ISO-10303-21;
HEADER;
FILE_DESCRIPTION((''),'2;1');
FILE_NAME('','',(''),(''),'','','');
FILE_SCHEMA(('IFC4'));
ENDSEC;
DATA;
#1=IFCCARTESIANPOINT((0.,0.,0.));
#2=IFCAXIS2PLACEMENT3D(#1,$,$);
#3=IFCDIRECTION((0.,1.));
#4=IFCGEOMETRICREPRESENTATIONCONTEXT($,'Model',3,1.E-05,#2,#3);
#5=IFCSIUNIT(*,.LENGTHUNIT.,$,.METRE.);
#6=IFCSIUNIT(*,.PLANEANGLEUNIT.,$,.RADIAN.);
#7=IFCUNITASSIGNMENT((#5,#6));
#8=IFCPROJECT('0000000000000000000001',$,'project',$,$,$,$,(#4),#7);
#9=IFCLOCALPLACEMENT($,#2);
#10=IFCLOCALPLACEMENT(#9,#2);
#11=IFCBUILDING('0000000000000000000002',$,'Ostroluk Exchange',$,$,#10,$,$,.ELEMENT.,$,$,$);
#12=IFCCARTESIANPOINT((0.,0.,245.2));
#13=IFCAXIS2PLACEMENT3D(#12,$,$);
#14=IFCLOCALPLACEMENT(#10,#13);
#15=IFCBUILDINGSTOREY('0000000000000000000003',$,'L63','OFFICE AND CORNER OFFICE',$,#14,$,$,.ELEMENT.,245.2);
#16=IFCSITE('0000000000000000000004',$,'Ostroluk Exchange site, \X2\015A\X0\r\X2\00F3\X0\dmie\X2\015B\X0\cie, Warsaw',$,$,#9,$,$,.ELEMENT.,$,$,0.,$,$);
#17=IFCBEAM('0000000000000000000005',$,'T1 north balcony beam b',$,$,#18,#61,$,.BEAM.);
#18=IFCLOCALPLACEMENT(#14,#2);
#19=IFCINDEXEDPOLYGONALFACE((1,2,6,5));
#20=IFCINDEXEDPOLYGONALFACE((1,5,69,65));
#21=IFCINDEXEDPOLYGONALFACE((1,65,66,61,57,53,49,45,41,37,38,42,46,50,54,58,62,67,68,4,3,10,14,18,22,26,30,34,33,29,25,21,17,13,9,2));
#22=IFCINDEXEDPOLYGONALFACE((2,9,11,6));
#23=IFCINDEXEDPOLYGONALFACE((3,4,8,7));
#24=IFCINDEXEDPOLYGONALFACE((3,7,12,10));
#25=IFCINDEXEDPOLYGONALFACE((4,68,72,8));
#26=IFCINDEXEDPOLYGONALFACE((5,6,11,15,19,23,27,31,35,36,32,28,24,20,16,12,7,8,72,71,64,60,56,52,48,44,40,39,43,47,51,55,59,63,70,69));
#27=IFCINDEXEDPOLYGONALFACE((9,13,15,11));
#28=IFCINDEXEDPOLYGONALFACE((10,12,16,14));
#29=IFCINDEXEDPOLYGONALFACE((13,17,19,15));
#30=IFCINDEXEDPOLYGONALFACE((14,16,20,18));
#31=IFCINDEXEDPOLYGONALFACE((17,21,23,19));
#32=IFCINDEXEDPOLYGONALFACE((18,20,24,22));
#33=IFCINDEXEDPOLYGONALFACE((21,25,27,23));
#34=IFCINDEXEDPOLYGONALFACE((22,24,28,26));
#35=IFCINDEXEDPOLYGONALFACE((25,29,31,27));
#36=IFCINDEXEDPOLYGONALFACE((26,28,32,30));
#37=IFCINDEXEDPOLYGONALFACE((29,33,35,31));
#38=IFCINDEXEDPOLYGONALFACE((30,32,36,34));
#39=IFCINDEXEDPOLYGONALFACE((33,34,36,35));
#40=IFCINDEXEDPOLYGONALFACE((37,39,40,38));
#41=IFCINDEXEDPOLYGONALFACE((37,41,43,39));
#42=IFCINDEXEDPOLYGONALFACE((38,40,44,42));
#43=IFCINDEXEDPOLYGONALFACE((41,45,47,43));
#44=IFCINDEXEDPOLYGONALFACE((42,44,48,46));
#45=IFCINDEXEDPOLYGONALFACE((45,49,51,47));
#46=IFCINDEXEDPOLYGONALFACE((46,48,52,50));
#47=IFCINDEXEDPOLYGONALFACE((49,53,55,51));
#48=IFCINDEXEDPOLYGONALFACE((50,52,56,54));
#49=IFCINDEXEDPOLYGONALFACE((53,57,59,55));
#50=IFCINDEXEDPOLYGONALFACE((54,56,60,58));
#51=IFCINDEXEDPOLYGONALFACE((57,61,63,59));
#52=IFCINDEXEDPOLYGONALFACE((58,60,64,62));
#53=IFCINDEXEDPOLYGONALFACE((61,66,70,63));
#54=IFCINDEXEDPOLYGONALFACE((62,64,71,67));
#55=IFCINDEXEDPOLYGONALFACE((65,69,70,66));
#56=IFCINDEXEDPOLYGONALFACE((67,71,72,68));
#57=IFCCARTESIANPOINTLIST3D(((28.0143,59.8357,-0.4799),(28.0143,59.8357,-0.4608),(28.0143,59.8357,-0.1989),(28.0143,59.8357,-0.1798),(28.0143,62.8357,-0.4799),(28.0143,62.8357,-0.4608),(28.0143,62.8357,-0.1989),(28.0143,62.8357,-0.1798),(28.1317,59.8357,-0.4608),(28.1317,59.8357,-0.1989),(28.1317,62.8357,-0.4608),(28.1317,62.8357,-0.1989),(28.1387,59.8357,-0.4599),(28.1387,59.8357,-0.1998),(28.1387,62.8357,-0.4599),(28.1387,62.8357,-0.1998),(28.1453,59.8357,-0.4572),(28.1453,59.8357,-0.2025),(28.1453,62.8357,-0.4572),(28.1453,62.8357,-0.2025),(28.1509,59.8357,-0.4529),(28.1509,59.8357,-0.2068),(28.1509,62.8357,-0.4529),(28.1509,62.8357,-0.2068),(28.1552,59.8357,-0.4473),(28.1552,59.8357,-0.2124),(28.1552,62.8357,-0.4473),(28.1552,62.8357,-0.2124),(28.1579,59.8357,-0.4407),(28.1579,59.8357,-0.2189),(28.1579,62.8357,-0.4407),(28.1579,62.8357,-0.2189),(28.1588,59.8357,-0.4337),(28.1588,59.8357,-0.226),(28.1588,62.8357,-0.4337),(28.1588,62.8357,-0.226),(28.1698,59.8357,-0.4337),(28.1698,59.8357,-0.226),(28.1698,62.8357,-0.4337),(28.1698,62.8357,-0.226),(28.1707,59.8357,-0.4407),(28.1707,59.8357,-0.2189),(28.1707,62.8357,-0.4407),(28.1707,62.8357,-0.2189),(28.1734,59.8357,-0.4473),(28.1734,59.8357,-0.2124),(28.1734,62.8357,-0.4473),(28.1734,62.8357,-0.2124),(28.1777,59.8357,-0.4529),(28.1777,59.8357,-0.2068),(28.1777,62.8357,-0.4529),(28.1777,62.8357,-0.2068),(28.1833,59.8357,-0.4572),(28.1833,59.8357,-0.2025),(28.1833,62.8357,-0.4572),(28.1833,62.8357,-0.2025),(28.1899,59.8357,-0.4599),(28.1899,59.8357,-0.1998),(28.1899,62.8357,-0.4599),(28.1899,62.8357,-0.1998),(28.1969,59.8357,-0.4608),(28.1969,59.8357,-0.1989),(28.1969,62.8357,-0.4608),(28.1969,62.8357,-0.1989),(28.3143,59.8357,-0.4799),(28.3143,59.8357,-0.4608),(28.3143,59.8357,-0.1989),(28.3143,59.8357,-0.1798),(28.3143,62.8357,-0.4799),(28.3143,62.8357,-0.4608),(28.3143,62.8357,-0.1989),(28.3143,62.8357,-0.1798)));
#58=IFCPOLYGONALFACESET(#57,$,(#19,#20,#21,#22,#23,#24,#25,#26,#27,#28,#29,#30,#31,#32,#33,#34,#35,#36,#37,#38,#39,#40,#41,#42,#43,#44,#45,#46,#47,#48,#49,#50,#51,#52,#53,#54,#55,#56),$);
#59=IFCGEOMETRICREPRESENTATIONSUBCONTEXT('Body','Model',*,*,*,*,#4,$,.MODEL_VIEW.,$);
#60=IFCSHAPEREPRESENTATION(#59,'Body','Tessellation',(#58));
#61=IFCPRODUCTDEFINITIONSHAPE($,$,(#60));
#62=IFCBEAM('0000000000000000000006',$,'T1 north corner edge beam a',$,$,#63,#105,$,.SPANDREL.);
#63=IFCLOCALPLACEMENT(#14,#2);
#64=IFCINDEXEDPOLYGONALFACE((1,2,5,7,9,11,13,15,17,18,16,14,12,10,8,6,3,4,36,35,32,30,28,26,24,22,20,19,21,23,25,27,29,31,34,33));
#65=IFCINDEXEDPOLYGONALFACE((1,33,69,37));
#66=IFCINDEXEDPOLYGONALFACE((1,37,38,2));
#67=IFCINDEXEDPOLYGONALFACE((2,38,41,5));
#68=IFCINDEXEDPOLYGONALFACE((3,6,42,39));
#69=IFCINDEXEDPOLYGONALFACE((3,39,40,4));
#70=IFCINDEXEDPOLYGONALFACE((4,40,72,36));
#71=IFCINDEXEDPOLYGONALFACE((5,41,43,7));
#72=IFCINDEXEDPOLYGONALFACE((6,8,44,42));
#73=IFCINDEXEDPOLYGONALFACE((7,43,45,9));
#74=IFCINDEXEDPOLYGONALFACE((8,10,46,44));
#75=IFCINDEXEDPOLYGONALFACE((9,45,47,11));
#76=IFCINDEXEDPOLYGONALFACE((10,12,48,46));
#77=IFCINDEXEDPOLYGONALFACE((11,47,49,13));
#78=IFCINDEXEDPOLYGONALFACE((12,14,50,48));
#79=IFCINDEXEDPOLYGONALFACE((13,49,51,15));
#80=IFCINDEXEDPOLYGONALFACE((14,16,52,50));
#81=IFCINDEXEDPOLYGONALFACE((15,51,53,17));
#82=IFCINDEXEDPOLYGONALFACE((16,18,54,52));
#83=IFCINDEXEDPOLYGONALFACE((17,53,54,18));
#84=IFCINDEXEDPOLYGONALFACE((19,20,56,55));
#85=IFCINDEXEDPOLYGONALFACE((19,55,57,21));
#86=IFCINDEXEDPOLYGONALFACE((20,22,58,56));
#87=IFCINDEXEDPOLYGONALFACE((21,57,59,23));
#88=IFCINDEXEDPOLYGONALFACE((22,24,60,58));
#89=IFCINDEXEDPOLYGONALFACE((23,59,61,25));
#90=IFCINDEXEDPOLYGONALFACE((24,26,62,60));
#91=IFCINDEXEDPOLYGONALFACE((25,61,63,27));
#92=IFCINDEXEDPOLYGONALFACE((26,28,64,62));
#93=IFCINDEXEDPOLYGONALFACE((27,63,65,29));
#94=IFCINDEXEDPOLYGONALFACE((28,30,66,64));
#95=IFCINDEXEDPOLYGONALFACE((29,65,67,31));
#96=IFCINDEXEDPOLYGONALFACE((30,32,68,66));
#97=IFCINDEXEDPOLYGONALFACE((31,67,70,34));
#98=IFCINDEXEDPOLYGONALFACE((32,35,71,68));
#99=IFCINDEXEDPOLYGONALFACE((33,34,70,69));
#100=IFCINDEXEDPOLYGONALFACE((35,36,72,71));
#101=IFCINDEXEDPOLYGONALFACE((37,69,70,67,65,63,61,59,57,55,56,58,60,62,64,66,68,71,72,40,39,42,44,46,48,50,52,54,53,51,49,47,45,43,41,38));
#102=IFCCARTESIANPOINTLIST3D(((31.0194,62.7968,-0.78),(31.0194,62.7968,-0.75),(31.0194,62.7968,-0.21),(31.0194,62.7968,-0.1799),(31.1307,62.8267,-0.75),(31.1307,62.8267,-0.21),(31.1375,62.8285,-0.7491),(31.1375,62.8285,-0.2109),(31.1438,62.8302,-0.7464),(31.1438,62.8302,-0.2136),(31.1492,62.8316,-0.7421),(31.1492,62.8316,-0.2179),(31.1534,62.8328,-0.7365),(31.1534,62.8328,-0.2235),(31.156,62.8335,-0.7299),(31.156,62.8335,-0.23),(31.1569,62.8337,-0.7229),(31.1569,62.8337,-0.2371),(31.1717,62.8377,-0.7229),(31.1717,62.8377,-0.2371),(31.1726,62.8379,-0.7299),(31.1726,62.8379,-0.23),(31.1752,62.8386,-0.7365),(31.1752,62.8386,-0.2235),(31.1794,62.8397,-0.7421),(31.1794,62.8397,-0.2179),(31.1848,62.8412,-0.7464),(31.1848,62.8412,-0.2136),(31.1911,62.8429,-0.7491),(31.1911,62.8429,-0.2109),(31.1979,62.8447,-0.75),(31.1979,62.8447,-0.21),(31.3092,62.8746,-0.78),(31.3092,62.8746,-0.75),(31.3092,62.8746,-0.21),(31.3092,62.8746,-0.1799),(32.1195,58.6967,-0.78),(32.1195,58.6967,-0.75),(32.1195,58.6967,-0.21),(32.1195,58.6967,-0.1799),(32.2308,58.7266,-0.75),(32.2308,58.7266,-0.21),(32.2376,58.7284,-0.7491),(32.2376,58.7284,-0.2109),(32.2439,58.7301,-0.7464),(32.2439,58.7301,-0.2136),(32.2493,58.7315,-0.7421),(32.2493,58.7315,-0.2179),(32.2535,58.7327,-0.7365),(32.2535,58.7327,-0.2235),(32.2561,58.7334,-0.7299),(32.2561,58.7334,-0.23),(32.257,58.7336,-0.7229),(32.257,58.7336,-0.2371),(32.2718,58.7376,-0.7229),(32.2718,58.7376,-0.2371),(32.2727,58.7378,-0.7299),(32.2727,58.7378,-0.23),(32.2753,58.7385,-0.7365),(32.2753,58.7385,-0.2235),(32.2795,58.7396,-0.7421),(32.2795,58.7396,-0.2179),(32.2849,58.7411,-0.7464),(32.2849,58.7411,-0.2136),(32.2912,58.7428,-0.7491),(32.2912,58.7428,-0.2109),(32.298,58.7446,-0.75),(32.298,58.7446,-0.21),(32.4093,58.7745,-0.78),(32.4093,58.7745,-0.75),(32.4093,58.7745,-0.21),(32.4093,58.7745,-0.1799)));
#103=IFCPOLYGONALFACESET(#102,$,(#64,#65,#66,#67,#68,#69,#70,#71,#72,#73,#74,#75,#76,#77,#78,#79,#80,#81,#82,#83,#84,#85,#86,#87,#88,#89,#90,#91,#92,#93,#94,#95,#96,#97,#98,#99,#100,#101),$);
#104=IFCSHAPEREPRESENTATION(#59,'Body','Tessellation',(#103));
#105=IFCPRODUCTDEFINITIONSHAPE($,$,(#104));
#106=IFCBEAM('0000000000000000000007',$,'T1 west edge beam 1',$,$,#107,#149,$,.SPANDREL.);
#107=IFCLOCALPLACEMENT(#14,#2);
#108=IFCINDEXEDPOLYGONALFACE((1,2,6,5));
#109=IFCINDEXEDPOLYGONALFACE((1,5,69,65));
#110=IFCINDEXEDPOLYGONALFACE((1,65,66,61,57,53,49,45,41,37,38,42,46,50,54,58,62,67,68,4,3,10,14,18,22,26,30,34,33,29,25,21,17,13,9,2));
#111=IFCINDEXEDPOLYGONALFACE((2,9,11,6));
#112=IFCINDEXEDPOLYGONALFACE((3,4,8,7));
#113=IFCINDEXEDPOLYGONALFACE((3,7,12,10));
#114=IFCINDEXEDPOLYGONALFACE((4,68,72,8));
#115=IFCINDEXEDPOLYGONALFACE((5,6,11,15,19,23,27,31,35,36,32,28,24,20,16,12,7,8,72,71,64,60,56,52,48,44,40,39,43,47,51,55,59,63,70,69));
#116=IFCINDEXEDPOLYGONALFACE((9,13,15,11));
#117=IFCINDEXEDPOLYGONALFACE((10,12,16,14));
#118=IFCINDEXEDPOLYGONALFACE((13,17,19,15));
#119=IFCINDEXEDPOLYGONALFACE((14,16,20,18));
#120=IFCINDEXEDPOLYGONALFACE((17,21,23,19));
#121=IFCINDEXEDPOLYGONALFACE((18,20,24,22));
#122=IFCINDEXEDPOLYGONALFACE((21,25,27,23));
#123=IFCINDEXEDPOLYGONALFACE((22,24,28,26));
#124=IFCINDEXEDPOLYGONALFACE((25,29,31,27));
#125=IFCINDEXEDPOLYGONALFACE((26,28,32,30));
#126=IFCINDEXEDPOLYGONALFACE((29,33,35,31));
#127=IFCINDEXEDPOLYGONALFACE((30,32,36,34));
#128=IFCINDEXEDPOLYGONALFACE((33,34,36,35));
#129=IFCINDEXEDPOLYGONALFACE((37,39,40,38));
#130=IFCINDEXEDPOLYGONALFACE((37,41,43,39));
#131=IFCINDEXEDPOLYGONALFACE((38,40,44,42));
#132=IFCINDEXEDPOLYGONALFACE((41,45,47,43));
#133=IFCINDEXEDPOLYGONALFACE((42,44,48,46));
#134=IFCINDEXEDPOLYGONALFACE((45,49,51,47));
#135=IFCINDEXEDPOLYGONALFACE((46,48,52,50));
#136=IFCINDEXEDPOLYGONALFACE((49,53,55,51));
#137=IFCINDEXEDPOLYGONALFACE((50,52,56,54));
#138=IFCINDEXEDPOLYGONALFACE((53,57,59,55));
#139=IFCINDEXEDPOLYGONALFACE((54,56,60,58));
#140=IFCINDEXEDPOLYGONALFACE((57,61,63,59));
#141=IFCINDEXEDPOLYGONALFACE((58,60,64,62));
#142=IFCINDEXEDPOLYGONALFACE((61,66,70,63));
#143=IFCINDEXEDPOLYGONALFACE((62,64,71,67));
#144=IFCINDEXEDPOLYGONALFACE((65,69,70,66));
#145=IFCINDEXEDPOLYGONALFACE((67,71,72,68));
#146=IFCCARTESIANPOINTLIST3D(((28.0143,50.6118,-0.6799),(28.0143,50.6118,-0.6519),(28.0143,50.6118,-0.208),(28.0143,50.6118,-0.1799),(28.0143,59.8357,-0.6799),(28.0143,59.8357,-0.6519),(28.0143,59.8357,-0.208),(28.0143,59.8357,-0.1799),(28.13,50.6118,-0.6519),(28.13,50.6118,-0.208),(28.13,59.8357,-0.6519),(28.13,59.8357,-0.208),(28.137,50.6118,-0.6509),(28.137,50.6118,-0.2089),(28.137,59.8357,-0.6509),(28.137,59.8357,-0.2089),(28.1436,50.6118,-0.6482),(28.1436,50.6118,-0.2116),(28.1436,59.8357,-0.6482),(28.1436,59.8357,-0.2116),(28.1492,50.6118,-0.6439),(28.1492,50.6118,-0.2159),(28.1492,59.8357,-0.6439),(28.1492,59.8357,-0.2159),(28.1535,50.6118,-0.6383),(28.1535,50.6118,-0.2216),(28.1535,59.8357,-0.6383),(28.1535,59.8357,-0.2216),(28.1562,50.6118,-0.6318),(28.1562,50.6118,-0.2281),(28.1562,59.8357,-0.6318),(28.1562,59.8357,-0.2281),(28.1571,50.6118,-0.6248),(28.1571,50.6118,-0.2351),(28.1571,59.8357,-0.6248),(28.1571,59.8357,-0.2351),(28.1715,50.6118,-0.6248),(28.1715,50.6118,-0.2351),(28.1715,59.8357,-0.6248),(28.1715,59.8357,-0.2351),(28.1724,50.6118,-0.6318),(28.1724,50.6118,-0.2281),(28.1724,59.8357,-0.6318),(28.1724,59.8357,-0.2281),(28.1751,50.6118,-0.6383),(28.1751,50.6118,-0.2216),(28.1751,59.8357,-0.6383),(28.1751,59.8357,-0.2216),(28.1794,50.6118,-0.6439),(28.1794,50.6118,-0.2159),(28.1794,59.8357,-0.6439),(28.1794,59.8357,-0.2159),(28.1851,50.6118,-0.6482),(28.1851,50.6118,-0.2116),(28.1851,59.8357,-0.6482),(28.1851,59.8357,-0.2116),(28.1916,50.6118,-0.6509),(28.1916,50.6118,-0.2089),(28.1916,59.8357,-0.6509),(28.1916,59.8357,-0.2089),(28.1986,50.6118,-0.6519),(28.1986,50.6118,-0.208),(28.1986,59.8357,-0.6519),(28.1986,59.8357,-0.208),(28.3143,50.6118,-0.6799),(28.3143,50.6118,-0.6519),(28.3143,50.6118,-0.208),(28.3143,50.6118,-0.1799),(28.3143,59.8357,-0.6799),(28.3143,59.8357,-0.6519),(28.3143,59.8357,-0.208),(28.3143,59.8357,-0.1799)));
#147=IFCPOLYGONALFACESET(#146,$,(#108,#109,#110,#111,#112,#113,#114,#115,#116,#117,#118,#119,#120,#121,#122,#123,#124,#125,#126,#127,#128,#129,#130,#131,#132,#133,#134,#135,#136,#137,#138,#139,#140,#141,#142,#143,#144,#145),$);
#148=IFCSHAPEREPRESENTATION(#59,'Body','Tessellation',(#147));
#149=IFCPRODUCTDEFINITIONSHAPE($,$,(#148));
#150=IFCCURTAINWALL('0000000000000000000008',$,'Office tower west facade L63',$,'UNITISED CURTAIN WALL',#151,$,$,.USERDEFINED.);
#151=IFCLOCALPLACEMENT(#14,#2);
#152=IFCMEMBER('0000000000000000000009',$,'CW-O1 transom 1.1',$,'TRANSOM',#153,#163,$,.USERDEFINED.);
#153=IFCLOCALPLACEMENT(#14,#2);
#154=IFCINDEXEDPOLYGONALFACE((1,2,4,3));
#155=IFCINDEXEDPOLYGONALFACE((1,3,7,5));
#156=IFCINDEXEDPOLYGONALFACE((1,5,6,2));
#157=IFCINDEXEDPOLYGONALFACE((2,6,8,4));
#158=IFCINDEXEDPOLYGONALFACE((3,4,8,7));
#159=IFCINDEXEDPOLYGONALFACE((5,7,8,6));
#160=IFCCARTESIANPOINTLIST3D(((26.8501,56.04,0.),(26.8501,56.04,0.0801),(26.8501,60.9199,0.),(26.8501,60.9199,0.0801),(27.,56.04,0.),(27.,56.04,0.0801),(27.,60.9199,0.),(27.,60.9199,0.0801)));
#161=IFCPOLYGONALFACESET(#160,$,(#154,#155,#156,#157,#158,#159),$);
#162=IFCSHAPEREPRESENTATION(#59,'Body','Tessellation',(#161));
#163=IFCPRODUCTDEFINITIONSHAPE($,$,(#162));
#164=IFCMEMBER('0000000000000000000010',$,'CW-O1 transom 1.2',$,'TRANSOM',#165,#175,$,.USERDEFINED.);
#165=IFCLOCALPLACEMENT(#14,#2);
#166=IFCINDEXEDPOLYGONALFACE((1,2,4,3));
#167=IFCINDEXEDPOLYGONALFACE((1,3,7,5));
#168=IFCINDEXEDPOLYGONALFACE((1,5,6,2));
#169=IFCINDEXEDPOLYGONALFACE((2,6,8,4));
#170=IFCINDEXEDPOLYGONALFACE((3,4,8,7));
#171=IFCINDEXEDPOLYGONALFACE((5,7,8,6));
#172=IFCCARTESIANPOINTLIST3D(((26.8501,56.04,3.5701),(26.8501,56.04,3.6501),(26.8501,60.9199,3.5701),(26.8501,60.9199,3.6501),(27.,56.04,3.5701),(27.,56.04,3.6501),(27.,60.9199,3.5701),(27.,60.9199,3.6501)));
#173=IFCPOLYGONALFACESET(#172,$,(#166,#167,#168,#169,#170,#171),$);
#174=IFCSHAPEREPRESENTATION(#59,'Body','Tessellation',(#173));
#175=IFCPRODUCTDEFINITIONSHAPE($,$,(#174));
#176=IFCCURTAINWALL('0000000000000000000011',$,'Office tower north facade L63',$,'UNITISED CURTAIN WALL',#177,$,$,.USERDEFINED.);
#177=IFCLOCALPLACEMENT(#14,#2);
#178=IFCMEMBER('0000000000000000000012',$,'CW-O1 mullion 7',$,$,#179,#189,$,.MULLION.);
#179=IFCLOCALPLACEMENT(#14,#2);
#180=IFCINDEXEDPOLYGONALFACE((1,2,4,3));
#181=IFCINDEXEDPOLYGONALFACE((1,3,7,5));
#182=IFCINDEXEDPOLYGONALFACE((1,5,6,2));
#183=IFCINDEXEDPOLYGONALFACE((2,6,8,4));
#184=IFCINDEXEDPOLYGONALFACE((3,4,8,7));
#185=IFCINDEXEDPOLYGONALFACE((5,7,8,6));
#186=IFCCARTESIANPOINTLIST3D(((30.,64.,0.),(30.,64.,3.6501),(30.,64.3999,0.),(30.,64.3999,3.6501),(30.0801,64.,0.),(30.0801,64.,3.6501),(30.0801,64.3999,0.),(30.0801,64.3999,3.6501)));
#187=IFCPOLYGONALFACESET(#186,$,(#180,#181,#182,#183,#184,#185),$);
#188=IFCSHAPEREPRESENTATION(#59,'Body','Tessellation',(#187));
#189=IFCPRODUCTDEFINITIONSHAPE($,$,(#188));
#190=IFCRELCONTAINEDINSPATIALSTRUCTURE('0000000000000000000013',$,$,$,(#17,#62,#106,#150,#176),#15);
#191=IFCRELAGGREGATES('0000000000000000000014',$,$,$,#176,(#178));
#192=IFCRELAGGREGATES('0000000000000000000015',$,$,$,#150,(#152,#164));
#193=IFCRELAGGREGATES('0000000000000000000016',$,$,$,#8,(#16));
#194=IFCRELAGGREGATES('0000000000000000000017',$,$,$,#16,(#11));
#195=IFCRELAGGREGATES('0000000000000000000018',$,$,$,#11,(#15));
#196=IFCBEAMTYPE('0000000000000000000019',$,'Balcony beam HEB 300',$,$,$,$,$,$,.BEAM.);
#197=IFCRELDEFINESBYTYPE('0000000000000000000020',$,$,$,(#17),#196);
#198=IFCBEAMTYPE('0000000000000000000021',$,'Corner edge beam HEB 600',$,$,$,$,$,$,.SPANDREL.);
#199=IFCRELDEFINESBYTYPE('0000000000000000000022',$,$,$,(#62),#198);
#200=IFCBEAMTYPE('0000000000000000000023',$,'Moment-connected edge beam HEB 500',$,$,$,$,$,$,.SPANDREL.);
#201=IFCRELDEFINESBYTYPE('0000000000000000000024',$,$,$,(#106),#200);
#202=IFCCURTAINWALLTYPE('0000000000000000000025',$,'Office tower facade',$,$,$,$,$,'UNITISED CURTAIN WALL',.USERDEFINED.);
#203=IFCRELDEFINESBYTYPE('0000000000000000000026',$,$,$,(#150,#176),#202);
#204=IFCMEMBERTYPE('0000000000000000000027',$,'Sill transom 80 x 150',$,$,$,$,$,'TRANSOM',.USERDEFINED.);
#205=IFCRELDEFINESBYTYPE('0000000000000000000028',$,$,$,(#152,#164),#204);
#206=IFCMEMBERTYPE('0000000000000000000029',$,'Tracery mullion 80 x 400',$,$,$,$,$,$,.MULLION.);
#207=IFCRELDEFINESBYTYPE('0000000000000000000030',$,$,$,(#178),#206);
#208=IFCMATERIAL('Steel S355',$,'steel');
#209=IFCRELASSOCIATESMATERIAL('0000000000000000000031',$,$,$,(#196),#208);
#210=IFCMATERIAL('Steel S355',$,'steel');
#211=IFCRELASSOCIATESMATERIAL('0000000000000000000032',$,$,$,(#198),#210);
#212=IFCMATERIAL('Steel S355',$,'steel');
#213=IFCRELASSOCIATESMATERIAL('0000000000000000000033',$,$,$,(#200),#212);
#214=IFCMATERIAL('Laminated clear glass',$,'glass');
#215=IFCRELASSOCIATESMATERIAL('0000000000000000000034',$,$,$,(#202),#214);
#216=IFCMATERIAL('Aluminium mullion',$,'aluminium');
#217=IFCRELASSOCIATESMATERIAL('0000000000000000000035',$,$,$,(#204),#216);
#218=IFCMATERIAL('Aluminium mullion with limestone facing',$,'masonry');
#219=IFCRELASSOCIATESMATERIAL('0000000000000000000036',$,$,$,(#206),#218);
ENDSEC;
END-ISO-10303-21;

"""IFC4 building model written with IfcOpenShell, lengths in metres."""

from ifc_helpers import new_model, si_unit, direction, frame, origin, origin_2d, place, context, subcontext, project, spatial, rectangle, i_section, extrude, material, material_profile, profile_set, type_object, element, aggregate, save


model = new_model("IFC4")

# Units and contexts
model_context = context("Model", 3, precision=1e-05, world=origin(), true_north=direction((0.0, 1.0)))
body_context = subcontext(model_context, "Body", "Model", "MODEL_VIEW")
ifc_project = project(units=[si_unit("LENGTHUNIT", "METRE"), si_unit("PLANEANGLEUNIT", "RADIAN")], contexts=[model_context])

# Site, building, storey
site_placement = place(None, origin())
site = spatial("IfcSite", under=ifc_project, at=site_placement, Name="Ostroluk Exchange site, Śródmieście, Warsaw", CompositionType="ELEMENT", RefElevation=0.0)
building_placement = place(site_placement, origin())
building = spatial("IfcBuilding", under=site, at=building_placement, Name="Ostroluk Exchange", CompositionType="ELEMENT")
storey_placement = place(building_placement, frame((0.0, 0.0, 245.2)))
storey = spatial("IfcBuildingStorey", under=building, at=storey_placement, Name="L63", Description="OFFICE AND CORNER OFFICE", CompositionType="ELEMENT", Elevation=245.2)

# Beams
ifc_material_1 = material(Name="Steel S355", Category="steel")
ifc_material_profile_1 = material_profile(ifc_material_1, i_section(OverallWidth=0.3, OverallDepth=0.3, WebThickness=0.011, FlangeThickness=0.019, FilletRadius=0.0271, at=origin_2d()), Name="HEB 300")
ifc_profile_set_1 = profile_set([ifc_material_profile_1], Name="Steel S355")
beam_type_1 = type_object("IfcBeamType", Name="Balcony beam HEB 300", PredefinedType="BEAM", material=ifc_profile_set_1)
for number, where, z_axis, x_axis, name in (
    (1, (28.1643, 59.8357, -0.3298), (0.0, 1.0, 0.0), (-1.0, 0.0, 0.0), "T1 north balcony beam b"),
):
    element("IfcBeam", number, at=place(storey_placement, frame(where, z_axis=z_axis, x_axis=x_axis)), inside=storey, type_object=beam_type_1, Name=name, PredefinedType="BEAM", context=body_context, shape_type="SweptSolid", body=[
        extrude(i_section(OverallWidth=0.3, OverallDepth=0.3, WebThickness=0.011, FlangeThickness=0.019, FilletRadius=0.0271, at=origin_2d()), origin(), (0.0, 0.0, 1.0), 3.0),
    ])
ifc_material_2 = material(Name="Steel S355", Category="steel")
ifc_material_profile_2 = material_profile(ifc_material_2, i_section(OverallWidth=0.3, OverallDepth=0.6001, WebThickness=0.0154, FlangeThickness=0.03, FilletRadius=0.0271, at=origin_2d()), Name="HEB 600")
ifc_profile_set_2 = profile_set([ifc_material_profile_2], Name="Steel S355")
beam_type_2 = type_object("IfcBeamType", Name="Corner edge beam HEB 600", PredefinedType="SPANDREL", material=ifc_profile_set_2)
beam_1_placement = place(storey_placement, frame((32.2644, 58.7356, -0.48), z_axis=(-0.259144, 0.965839, 0.0), x_axis=(-0.965839, -0.259144, 0.0)))
element("IfcBeam", 2, at=beam_1_placement, inside=storey, type_object=beam_type_2, Name="T1 north corner edge beam a", PredefinedType="SPANDREL", context=body_context, shape_type="SweptSolid", body=[
    extrude(i_section(OverallWidth=0.3, OverallDepth=0.6001, WebThickness=0.0154, FlangeThickness=0.03, FilletRadius=0.0271, at=origin_2d()), origin(), (0.0, 0.0, 1.0), 4.2451),
])
ifc_material_3 = material(Name="Steel S355", Category="steel")
ifc_material_profile_3 = material_profile(ifc_material_3, i_section(OverallWidth=0.3, OverallDepth=0.5, WebThickness=0.0144, FlangeThickness=0.0281, FilletRadius=0.0271, at=origin_2d()), Name="HEB 500")
ifc_profile_set_3 = profile_set([ifc_material_profile_3], Name="Steel S355")
beam_type_3 = type_object("IfcBeamType", Name="Moment-connected edge beam HEB 500", PredefinedType="SPANDREL", material=ifc_profile_set_3)
beam_2_placement = place(storey_placement, frame((28.1643, 59.8357, -0.4299), z_axis=(0.0, -1.0, 0.0), x_axis=(1.0, 0.0, 0.0)))
element("IfcBeam", 3, at=beam_2_placement, inside=storey, type_object=beam_type_3, Name="T1 west edge beam 1", PredefinedType="SPANDREL", context=body_context, shape_type="SweptSolid", body=[
    extrude(i_section(OverallWidth=0.3, OverallDepth=0.5, WebThickness=0.0144, FlangeThickness=0.0281, FilletRadius=0.0271, at=origin_2d()), origin(), (0.0, 0.0, 1.0), 9.2239),
])

# Curtain wall, members
ifc_material_4 = material(Name="Laminated clear glass", Category="glass")
curtain_wall_type = type_object("IfcCurtainWallType", Name="Office tower facade", ElementType="UNITISED CURTAIN WALL", PredefinedType="USERDEFINED", material=ifc_material_4)
curtain_wall_1_placement = place(storey_placement, origin())
curtain_wall_1 = element("IfcCurtainWall", 4, at=curtain_wall_1_placement, inside=storey, type_object=curtain_wall_type, Name="Office tower west facade L63", ObjectType="UNITISED CURTAIN WALL", PredefinedType="USERDEFINED")
ifc_material_5 = material(Name="Aluminium mullion", Category="aluminium")
ifc_material_profile_4 = material_profile(ifc_material_5, rectangle(XDim=0.1499, YDim=0.0801, at=origin_2d()), Name="Sill transom 80 x 150")
ifc_profile_set_4 = profile_set([ifc_material_profile_4], Name="Aluminium mullion")
member_type_1 = type_object("IfcMemberType", Name="Sill transom 80 x 150", ElementType="TRANSOM", PredefinedType="USERDEFINED", material=ifc_profile_set_4)
member_1_placement = place(storey_placement, frame((26.925, 60.9199, 0.04), z_axis=(0.0, -1.0, 0.0), x_axis=(1.0, 0.0, 0.0)))
member_1 = element("IfcMember", 5, at=member_1_placement, type_object=member_type_1, Name="CW-O1 transom 1.1", ObjectType="TRANSOM", PredefinedType="USERDEFINED", context=body_context, shape_type="SweptSolid", body=[
    extrude(rectangle(XDim=0.1499, YDim=0.0801, at=origin_2d()), origin(), (0.0, 0.0, 1.0), 4.8799),
])
member_2_placement = place(storey_placement, frame((26.925, 60.9199, 3.6101), z_axis=(0.0, -1.0, 0.0), x_axis=(1.0, 0.0, 0.0)))
member_2 = element("IfcMember", 6, at=member_2_placement, type_object=member_type_1, Name="CW-O1 transom 1.2", ObjectType="TRANSOM", PredefinedType="USERDEFINED", context=body_context, shape_type="SweptSolid", body=[
    extrude(rectangle(XDim=0.1499, YDim=0.0801, at=origin_2d()), origin(), (0.0, 0.0, 1.0), 4.8799),
])

# Curtain wall, member
curtain_wall_2_placement = place(storey_placement, origin())
curtain_wall_2 = element("IfcCurtainWall", 7, at=curtain_wall_2_placement, inside=storey, type_object=curtain_wall_type, Name="Office tower north facade L63", ObjectType="UNITISED CURTAIN WALL", PredefinedType="USERDEFINED")
ifc_material_6 = material(Name="Aluminium mullion with limestone facing", Category="masonry")
ifc_material_profile_5 = material_profile(ifc_material_6, rectangle(XDim=0.3999, YDim=0.0801, at=origin_2d()), Name="Tracery mullion 80 x 400")
ifc_profile_set_5 = profile_set([ifc_material_profile_5], Name="Aluminium mullion with limestone facing")
member_type_2 = type_object("IfcMemberType", Name="Tracery mullion 80 x 400", PredefinedType="MULLION", material=ifc_profile_set_5)
member_3_placement = place(storey_placement, frame((30.04, 64.2, 0.0), z_axis=(0.0, 0.0, 1.0), x_axis=(0.0, -1.0, 0.0)))
member_3 = element("IfcMember", 8, at=member_3_placement, type_object=member_type_2, Name="CW-O1 mullion 7", PredefinedType="MULLION", context=body_context, shape_type="SweptSolid", body=[
    extrude(rectangle(XDim=0.3999, YDim=0.0801, at=origin_2d()), origin(), (0.0, 0.0, 1.0), 3.6501),
])
aggregate(curtain_wall_2, [member_3])

aggregate(curtain_wall_1, [member_1, member_2])

save(model, "model.ifc")
